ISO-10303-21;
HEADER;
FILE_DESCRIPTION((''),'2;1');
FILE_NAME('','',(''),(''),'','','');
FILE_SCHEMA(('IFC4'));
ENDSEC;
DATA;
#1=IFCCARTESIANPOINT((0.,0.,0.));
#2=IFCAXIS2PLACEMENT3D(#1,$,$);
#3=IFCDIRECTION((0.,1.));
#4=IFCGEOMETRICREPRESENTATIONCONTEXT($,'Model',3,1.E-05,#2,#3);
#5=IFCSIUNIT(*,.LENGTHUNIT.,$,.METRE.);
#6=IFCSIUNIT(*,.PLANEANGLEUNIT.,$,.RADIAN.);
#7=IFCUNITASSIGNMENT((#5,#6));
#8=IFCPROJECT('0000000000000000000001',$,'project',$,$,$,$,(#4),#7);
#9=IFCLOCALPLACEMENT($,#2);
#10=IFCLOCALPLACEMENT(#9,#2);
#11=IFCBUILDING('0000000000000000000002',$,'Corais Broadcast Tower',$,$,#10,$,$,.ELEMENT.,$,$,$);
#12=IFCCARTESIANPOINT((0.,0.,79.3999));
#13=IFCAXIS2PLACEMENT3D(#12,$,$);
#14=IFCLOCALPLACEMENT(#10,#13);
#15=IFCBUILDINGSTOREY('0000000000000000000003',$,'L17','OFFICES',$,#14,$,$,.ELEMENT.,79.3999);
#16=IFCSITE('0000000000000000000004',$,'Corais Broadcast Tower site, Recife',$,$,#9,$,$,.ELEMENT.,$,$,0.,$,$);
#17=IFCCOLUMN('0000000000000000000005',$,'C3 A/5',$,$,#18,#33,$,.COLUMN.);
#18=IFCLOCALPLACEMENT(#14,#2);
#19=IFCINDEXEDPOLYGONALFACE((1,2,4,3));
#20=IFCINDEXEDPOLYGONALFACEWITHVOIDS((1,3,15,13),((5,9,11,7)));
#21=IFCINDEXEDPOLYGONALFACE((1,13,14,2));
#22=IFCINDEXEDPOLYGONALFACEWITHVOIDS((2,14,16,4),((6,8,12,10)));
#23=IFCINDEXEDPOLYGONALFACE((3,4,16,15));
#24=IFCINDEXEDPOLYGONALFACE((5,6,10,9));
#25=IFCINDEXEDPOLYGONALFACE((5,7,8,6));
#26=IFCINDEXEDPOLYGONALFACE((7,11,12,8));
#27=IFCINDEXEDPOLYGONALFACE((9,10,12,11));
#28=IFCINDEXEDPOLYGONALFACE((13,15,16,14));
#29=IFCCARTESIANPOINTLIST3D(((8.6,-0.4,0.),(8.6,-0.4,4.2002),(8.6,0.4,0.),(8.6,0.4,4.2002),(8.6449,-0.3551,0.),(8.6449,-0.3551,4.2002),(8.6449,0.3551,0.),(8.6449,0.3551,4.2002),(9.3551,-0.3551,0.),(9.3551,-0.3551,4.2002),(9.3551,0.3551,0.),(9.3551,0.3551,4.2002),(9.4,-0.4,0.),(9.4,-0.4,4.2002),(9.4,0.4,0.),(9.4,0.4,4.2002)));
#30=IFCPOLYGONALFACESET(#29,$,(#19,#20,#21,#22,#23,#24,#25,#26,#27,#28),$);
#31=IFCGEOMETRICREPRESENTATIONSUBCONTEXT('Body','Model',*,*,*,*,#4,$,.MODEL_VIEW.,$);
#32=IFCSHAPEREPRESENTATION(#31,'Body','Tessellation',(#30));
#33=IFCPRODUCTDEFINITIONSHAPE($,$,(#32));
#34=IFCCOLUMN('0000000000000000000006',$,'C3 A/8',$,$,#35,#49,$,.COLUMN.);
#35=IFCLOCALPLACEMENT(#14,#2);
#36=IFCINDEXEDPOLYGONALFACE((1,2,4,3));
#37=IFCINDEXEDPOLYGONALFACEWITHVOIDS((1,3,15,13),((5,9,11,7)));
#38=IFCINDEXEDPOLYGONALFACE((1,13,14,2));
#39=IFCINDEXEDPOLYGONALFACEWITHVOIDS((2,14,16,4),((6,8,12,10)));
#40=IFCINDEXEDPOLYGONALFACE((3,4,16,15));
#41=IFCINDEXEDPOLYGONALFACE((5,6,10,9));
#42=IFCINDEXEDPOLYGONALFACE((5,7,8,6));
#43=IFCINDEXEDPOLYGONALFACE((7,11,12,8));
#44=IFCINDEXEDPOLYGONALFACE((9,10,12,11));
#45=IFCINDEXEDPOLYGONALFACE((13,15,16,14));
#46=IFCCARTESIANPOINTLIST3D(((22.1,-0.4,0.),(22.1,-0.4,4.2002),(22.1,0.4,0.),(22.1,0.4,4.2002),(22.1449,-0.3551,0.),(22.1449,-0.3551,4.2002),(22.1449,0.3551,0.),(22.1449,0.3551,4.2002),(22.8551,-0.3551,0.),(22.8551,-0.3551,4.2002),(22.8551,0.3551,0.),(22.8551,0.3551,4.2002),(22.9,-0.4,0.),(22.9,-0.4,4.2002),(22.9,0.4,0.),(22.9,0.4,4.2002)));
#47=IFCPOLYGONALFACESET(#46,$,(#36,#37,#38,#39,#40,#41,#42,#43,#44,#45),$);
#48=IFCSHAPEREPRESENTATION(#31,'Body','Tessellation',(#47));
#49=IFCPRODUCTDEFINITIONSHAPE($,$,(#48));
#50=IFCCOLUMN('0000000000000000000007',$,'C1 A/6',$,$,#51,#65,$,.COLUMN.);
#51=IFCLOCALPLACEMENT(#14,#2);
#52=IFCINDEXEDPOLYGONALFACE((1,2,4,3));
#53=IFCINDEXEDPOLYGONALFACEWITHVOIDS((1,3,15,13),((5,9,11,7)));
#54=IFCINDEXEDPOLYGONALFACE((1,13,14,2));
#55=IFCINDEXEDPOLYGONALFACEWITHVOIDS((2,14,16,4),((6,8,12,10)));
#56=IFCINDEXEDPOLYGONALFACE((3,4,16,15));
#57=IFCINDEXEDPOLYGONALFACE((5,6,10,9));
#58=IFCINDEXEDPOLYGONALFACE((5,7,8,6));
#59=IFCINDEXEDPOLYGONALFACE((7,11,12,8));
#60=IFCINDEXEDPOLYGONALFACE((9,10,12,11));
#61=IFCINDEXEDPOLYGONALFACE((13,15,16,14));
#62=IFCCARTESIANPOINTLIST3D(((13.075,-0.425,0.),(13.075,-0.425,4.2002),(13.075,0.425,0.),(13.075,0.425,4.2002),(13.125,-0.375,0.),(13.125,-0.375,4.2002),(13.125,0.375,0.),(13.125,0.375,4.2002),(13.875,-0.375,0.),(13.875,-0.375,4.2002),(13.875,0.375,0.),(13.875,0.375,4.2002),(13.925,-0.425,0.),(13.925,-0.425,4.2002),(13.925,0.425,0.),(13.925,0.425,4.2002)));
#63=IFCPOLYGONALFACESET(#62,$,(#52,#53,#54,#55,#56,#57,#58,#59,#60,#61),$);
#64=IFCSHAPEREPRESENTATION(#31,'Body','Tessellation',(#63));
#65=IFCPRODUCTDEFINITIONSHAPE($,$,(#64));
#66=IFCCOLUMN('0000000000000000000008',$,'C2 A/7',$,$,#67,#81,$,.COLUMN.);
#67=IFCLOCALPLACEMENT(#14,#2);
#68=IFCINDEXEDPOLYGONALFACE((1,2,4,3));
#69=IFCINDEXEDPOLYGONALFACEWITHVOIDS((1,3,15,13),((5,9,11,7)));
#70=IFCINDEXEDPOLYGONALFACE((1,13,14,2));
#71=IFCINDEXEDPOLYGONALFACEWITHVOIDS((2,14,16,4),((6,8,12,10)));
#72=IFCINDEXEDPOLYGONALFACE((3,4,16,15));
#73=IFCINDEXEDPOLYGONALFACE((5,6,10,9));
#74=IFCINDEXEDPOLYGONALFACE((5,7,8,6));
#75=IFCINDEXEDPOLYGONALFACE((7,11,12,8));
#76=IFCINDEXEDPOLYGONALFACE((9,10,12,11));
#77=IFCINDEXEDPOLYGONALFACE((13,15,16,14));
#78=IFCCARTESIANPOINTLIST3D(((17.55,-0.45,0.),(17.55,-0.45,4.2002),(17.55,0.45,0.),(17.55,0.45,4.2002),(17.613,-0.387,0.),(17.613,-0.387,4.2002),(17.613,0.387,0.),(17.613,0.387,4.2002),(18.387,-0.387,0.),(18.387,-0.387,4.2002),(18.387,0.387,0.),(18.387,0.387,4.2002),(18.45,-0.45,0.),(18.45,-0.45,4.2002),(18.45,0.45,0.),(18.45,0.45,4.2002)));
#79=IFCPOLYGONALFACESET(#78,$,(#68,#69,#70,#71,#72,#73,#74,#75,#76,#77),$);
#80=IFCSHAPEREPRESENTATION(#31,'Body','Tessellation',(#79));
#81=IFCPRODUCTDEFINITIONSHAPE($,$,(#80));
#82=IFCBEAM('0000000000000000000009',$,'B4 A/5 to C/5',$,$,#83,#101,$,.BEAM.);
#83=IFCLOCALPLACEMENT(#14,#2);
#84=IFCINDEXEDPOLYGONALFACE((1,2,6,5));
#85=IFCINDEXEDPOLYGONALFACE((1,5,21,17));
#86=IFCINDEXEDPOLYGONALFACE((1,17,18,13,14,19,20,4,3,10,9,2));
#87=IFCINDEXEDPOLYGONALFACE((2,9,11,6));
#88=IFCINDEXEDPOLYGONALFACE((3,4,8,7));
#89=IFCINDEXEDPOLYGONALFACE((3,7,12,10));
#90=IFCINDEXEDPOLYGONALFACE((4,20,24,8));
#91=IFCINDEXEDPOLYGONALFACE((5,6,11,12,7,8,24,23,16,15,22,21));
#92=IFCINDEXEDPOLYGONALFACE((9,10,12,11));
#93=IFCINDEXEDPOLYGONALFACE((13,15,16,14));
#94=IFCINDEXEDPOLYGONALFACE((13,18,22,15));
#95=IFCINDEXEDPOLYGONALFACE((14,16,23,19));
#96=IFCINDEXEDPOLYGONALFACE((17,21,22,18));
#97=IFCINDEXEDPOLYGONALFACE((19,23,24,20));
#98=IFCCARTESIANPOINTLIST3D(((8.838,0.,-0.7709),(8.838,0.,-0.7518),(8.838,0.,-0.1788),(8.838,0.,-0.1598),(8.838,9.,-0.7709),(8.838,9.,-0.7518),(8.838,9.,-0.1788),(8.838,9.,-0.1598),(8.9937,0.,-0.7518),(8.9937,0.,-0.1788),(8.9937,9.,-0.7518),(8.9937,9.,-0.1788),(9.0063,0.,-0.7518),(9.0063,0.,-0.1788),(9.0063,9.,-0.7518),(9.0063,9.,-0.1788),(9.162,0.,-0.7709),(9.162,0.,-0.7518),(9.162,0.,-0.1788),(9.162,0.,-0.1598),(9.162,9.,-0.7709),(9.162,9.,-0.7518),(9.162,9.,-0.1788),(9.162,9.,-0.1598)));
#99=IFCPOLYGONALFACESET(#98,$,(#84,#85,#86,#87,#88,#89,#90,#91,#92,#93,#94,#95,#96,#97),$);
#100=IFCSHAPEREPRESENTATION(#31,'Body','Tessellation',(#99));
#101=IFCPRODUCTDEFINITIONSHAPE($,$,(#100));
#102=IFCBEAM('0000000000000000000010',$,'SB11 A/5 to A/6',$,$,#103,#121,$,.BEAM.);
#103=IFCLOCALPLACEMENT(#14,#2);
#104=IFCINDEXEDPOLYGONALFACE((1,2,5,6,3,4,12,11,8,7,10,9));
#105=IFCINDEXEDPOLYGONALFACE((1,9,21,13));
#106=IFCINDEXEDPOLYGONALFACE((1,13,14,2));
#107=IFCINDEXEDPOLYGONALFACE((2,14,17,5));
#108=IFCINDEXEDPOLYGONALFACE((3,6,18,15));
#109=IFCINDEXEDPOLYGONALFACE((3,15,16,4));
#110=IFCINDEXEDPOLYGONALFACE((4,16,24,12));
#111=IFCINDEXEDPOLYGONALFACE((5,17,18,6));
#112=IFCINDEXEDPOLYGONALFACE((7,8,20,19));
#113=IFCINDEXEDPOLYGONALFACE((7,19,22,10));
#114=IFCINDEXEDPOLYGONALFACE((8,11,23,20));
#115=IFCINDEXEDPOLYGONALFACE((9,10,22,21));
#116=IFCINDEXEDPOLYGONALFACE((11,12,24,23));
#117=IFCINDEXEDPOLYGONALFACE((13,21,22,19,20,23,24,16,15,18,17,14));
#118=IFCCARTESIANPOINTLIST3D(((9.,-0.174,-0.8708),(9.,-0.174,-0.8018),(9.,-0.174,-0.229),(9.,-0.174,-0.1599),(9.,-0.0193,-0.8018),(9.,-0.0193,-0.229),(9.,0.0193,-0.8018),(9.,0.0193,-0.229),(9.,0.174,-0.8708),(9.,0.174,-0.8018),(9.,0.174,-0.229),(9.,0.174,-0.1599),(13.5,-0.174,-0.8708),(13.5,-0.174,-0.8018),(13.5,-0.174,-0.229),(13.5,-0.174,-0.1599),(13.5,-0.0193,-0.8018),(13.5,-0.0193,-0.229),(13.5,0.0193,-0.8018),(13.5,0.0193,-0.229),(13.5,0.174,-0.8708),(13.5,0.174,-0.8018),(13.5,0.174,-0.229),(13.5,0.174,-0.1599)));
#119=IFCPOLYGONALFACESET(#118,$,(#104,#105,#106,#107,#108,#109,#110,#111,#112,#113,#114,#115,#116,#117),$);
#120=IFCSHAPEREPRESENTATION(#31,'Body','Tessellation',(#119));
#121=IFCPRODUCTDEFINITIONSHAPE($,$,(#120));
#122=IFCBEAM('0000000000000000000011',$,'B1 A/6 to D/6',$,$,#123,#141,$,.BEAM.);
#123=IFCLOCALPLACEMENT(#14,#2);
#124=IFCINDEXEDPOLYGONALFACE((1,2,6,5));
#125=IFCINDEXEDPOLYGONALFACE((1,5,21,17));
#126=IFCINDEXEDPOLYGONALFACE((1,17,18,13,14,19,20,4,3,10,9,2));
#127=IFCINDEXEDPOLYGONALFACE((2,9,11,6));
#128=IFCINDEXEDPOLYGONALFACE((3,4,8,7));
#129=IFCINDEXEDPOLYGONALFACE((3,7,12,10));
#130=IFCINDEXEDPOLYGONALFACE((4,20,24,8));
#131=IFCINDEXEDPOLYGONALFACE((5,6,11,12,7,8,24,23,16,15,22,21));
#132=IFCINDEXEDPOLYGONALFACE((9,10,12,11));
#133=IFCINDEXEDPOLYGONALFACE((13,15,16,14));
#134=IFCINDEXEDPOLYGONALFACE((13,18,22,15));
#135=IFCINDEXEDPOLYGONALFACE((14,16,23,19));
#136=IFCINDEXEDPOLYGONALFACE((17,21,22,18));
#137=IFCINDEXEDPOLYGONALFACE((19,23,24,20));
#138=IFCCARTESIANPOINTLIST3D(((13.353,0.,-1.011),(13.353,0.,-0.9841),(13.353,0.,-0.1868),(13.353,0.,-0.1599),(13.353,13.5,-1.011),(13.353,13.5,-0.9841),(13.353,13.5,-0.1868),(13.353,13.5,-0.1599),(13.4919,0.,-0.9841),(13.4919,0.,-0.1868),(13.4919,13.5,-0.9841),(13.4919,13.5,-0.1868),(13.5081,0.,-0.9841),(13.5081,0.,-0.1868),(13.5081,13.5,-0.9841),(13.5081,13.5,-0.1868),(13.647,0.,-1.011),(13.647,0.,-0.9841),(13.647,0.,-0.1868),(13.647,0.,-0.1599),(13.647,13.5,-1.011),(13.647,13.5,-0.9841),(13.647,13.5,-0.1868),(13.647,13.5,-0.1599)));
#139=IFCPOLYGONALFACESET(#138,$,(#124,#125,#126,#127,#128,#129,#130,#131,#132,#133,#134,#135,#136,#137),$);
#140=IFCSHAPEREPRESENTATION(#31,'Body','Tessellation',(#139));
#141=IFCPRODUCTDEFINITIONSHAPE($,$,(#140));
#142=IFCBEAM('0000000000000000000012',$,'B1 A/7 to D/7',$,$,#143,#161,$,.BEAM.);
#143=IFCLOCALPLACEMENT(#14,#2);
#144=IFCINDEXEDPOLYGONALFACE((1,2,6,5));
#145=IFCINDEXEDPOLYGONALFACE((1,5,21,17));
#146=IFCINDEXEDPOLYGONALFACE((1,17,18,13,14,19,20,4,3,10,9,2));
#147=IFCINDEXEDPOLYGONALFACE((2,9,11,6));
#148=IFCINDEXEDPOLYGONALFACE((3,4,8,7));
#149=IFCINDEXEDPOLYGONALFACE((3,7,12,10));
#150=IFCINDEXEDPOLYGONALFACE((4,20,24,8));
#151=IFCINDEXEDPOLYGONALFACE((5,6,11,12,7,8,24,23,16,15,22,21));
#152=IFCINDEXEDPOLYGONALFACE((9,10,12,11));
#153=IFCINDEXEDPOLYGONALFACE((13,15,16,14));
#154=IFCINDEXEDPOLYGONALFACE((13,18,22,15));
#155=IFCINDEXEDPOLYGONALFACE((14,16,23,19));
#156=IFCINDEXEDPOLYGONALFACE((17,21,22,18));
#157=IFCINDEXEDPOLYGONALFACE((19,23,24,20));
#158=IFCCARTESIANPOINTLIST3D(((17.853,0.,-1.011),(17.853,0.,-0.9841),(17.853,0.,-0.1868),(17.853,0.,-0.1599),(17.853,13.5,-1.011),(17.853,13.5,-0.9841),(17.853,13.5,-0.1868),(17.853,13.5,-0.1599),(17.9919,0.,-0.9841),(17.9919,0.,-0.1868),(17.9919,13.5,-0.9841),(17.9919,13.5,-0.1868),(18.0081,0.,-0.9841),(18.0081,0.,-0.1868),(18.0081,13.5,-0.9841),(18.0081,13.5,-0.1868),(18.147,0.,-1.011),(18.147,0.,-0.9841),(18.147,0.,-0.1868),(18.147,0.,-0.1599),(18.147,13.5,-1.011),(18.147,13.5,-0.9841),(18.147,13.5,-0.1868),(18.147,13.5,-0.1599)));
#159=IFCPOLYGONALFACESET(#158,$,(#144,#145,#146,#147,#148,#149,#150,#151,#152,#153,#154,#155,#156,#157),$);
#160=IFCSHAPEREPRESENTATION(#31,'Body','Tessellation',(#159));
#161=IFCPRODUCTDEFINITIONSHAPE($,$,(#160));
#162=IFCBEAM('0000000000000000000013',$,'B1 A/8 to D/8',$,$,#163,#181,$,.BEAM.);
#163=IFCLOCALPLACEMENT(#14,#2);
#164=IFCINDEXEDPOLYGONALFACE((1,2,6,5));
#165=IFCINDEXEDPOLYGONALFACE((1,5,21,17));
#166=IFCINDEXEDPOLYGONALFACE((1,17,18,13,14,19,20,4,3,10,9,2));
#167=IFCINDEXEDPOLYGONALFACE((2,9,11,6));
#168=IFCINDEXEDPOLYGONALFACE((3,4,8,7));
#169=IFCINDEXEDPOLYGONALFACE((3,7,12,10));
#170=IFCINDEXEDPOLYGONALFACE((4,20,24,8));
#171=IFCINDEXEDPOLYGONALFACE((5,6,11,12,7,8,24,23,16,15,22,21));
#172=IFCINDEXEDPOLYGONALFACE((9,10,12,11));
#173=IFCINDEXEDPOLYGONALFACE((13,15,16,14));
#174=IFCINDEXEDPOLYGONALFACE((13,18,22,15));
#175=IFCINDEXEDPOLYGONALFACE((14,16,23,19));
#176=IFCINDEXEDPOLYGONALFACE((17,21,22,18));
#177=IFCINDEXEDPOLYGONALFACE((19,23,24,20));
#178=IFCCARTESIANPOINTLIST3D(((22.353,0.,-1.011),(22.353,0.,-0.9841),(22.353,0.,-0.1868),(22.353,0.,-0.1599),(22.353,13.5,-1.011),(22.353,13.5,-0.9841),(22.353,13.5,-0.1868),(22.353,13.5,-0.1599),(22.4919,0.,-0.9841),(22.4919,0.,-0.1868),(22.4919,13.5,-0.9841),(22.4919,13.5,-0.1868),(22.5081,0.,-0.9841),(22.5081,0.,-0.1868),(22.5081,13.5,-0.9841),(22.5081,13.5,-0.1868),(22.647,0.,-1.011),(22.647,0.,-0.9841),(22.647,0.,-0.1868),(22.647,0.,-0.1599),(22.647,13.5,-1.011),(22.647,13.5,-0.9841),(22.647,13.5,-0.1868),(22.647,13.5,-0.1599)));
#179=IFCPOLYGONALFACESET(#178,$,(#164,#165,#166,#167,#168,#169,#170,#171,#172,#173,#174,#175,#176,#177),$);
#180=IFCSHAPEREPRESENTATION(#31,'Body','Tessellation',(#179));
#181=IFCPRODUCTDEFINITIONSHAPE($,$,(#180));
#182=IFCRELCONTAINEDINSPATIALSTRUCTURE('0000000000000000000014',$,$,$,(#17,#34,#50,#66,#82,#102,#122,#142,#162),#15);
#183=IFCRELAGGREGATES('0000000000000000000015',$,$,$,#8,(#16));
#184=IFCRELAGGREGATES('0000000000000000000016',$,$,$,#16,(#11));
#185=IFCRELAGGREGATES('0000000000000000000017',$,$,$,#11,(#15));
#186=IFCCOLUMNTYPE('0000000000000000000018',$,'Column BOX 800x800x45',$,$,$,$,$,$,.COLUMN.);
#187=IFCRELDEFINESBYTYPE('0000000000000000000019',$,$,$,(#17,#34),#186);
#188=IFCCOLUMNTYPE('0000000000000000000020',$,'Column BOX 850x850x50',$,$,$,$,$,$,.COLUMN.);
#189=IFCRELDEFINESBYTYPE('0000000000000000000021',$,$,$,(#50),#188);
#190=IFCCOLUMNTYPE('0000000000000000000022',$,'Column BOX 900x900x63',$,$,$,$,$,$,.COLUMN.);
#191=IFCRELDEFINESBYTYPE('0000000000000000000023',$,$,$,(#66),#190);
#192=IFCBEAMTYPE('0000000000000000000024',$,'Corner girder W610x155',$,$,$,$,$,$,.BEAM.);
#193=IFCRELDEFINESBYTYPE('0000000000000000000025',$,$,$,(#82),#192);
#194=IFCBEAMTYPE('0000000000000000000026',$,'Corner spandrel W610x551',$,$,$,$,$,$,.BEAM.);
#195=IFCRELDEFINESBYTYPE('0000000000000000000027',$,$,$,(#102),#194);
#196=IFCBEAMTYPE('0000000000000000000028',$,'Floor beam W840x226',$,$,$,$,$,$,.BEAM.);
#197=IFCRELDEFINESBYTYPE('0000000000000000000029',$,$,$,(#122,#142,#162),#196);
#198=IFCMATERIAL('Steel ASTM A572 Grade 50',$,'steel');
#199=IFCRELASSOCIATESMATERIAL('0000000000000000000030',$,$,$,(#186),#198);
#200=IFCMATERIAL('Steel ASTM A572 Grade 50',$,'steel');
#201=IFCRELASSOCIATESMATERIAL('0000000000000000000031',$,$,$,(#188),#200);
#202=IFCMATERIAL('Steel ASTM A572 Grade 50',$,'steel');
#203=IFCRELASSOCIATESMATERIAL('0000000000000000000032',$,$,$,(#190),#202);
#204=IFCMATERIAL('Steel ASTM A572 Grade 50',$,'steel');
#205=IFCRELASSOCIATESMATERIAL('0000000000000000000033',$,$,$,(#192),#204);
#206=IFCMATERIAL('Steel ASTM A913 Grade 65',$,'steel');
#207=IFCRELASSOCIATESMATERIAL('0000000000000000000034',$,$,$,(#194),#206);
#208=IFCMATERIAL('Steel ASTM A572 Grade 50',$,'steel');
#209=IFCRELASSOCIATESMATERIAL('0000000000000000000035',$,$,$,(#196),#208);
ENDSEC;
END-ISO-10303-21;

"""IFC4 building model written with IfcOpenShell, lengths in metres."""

from ifc_helpers import new_model, si_unit, direction, frame, origin, origin_2d, place, context, subcontext, project, spatial, hollow_rectangle, i_section, extrude, material, material_profile, profile_set, type_object, element, save


model = new_model("IFC4")

# Units and contexts
model_context = context("Model", 3, precision=1e-05, world=origin(), true_north=direction((0.0, 1.0)))
body_context = subcontext(model_context, "Body", "Model", "MODEL_VIEW")
ifc_project = project(units=[si_unit("LENGTHUNIT", "METRE"), si_unit("PLANEANGLEUNIT", "RADIAN")], contexts=[model_context])

# Site, building, storey
site_placement = place(None, origin())
site = spatial("IfcSite", under=ifc_project, at=site_placement, Name="Corais Broadcast Tower site, Recife", CompositionType="ELEMENT", RefElevation=0.0)
building_placement = place(site_placement, origin())
building = spatial("IfcBuilding", under=site, at=building_placement, Name="Corais Broadcast Tower", CompositionType="ELEMENT")
storey_placement = place(building_placement, frame((0.0, 0.0, 79.3999)))
storey = spatial("IfcBuildingStorey", under=building, at=storey_placement, Name="L17", Description="OFFICES", CompositionType="ELEMENT", Elevation=79.3999)

# Columns
ifc_material_1 = material(Name="Steel ASTM A572 Grade 50", Category="steel")
ifc_material_profile_1 = material_profile(ifc_material_1, hollow_rectangle(XDim=0.8, YDim=0.8, WallThickness=0.0449, at=origin_2d()), Name="BOX 800x800x45")
ifc_profile_set_1 = profile_set([ifc_material_profile_1], Name="Steel ASTM A572 Grade 50")
column_type_1 = type_object("IfcColumnType", Name="Column BOX 800x800x45", PredefinedType="COLUMN", material=ifc_profile_set_1)
for number, where, z_axis, x_axis, name in (
    (1, (9.0, 0.0, 0.0), (0.0, 0.0, 1.0), (1.0, 0.0, 0.0), "C3 A/5"),
    (2, (22.5, 0.0, 0.0), (0.0, 0.0, 1.0), (1.0, 0.0, 0.0), "C3 A/8"),
):
    element("IfcColumn", number, at=place(storey_placement, frame(where, z_axis=z_axis, x_axis=x_axis)), inside=storey, type_object=column_type_1, Name=name, PredefinedType="COLUMN", context=body_context, shape_type="SweptSolid", body=[
        extrude(hollow_rectangle(XDim=0.8, YDim=0.8, WallThickness=0.0449, at=origin_2d()), origin(), (0.0, 0.0, 1.0), 4.2002),
    ])
ifc_material_2 = material(Name="Steel ASTM A572 Grade 50", Category="steel")
ifc_material_profile_2 = material_profile(ifc_material_2, hollow_rectangle(XDim=0.8501, YDim=0.8501, WallThickness=0.05, at=origin_2d()), Name="BOX 850x850x50")
ifc_profile_set_2 = profile_set([ifc_material_profile_2], Name="Steel ASTM A572 Grade 50")
column_type_2 = type_object("IfcColumnType", Name="Column BOX 850x850x50", PredefinedType="COLUMN", material=ifc_profile_set_2)
column_1_placement = place(storey_placement, frame((13.5, 0.0, 0.0), z_axis=(0.0, 0.0, 1.0), x_axis=(1.0, 0.0, 0.0)))
element("IfcColumn", 3, at=column_1_placement, inside=storey, type_object=column_type_2, Name="C1 A/6", PredefinedType="COLUMN", context=body_context, shape_type="SweptSolid", body=[
    extrude(hollow_rectangle(XDim=0.8501, YDim=0.8501, WallThickness=0.05, at=origin_2d()), origin(), (0.0, 0.0, 1.0), 4.2002),
])
ifc_material_3 = material(Name="Steel ASTM A572 Grade 50", Category="steel")
ifc_material_profile_3 = material_profile(ifc_material_3, hollow_rectangle(XDim=0.8999, YDim=0.8999, WallThickness=0.063, at=origin_2d()), Name="BOX 900x900x63")
ifc_profile_set_3 = profile_set([ifc_material_profile_3], Name="Steel ASTM A572 Grade 50")
column_type_3 = type_object("IfcColumnType", Name="Column BOX 900x900x63", PredefinedType="COLUMN", material=ifc_profile_set_3)
column_2_placement = place(storey_placement, frame((18.0, 0.0, 0.0), z_axis=(0.0, 0.0, 1.0), x_axis=(1.0, 0.0, 0.0)))
element("IfcColumn", 4, at=column_2_placement, inside=storey, type_object=column_type_3, Name="C2 A/7", PredefinedType="COLUMN", context=body_context, shape_type="SweptSolid", body=[
    extrude(hollow_rectangle(XDim=0.8999, YDim=0.8999, WallThickness=0.063, at=origin_2d()), origin(), (0.0, 0.0, 1.0), 4.2002),
])

# Beams
ifc_material_4 = material(Name="Steel ASTM A572 Grade 50", Category="steel")
ifc_material_profile_4 = material_profile(ifc_material_4, i_section(OverallWidth=0.324, OverallDepth=0.6111, WebThickness=0.0127, FlangeThickness=0.019, at=origin_2d()), Name="W610x155")
ifc_profile_set_4 = profile_set([ifc_material_profile_4], Name="Steel ASTM A572 Grade 50")
beam_type_1 = type_object("IfcBeamType", Name="Corner girder W610x155", PredefinedType="BEAM", material=ifc_profile_set_4)
beam_1_placement = place(storey_placement, frame((9.0, 0.0, -0.4653), z_axis=(0.0, 1.0, 0.0), x_axis=(-1.0, 0.0, 0.0)))
element("IfcBeam", 5, at=beam_1_placement, inside=storey, type_object=beam_type_1, Name="B4 A/5 to C/5", PredefinedType="BEAM", context=body_context, shape_type="SweptSolid", body=[
    extrude(i_section(OverallWidth=0.324, OverallDepth=0.6111, WebThickness=0.0127, FlangeThickness=0.019, at=origin_2d()), origin(), (0.0, 0.0, 1.0), 9.0),
])
ifc_material_5 = material(Name="Steel ASTM A913 Grade 65", Category="steel")
ifc_material_profile_5 = material_profile(ifc_material_5, i_section(OverallWidth=0.3479, OverallDepth=0.7109, WebThickness=0.0386, FlangeThickness=0.0691, at=origin_2d()), Name="W610x551")
ifc_profile_set_5 = profile_set([ifc_material_profile_5], Name="Steel ASTM A913 Grade 65")
beam_type_2 = type_object("IfcBeamType", Name="Corner spandrel W610x551", PredefinedType="BEAM", material=ifc_profile_set_5)
beam_2_placement = place(storey_placement, frame((9.0, 0.0, -0.5154), z_axis=(1.0, 0.0, 0.0), x_axis=(0.0, 1.0, 0.0)))
element("IfcBeam", 6, at=beam_2_placement, inside=storey, type_object=beam_type_2, Name="SB11 A/5 to A/6", PredefinedType="BEAM", context=body_context, shape_type="SweptSolid", body=[
    extrude(i_section(OverallWidth=0.3479, OverallDepth=0.7109, WebThickness=0.0386, FlangeThickness=0.0691, at=origin_2d()), origin(), (0.0, 0.0, 1.0), 4.5),
])
ifc_material_6 = material(Name="Steel ASTM A572 Grade 50", Category="steel")
ifc_material_profile_6 = material_profile(ifc_material_6, i_section(OverallWidth=0.2939, OverallDepth=0.8511, WebThickness=0.0161, FlangeThickness=0.0269, at=origin_2d()), Name="W840x226")
ifc_profile_set_6 = profile_set([ifc_material_profile_6], Name="Steel ASTM A572 Grade 50")
beam_type_3 = type_object("IfcBeamType", Name="Floor beam W840x226", PredefinedType="BEAM", material=ifc_profile_set_6)
for number, where, z_axis, x_axis, name in (
    (7, (13.5, 0.0, -0.5854), (0.0, 1.0, 0.0), (-1.0, 0.0, 0.0), "B1 A/6 to D/6"),
    (8, (18.0, 0.0, -0.5854), (0.0, 1.0, 0.0), (-1.0, 0.0, 0.0), "B1 A/7 to D/7"),
    (9, (22.5, 0.0, -0.5854), (0.0, 1.0, 0.0), (-1.0, 0.0, 0.0), "B1 A/8 to D/8"),
):
    element("IfcBeam", number, at=place(storey_placement, frame(where, z_axis=z_axis, x_axis=x_axis)), inside=storey, type_object=beam_type_3, Name=name, PredefinedType="BEAM", context=body_context, shape_type="SweptSolid", body=[
        extrude(i_section(OverallWidth=0.2939, OverallDepth=0.8511, WebThickness=0.0161, FlangeThickness=0.0269, at=origin_2d()), origin(), (0.0, 0.0, 1.0), 13.5),
    ])

save(model, "model.ifc")
